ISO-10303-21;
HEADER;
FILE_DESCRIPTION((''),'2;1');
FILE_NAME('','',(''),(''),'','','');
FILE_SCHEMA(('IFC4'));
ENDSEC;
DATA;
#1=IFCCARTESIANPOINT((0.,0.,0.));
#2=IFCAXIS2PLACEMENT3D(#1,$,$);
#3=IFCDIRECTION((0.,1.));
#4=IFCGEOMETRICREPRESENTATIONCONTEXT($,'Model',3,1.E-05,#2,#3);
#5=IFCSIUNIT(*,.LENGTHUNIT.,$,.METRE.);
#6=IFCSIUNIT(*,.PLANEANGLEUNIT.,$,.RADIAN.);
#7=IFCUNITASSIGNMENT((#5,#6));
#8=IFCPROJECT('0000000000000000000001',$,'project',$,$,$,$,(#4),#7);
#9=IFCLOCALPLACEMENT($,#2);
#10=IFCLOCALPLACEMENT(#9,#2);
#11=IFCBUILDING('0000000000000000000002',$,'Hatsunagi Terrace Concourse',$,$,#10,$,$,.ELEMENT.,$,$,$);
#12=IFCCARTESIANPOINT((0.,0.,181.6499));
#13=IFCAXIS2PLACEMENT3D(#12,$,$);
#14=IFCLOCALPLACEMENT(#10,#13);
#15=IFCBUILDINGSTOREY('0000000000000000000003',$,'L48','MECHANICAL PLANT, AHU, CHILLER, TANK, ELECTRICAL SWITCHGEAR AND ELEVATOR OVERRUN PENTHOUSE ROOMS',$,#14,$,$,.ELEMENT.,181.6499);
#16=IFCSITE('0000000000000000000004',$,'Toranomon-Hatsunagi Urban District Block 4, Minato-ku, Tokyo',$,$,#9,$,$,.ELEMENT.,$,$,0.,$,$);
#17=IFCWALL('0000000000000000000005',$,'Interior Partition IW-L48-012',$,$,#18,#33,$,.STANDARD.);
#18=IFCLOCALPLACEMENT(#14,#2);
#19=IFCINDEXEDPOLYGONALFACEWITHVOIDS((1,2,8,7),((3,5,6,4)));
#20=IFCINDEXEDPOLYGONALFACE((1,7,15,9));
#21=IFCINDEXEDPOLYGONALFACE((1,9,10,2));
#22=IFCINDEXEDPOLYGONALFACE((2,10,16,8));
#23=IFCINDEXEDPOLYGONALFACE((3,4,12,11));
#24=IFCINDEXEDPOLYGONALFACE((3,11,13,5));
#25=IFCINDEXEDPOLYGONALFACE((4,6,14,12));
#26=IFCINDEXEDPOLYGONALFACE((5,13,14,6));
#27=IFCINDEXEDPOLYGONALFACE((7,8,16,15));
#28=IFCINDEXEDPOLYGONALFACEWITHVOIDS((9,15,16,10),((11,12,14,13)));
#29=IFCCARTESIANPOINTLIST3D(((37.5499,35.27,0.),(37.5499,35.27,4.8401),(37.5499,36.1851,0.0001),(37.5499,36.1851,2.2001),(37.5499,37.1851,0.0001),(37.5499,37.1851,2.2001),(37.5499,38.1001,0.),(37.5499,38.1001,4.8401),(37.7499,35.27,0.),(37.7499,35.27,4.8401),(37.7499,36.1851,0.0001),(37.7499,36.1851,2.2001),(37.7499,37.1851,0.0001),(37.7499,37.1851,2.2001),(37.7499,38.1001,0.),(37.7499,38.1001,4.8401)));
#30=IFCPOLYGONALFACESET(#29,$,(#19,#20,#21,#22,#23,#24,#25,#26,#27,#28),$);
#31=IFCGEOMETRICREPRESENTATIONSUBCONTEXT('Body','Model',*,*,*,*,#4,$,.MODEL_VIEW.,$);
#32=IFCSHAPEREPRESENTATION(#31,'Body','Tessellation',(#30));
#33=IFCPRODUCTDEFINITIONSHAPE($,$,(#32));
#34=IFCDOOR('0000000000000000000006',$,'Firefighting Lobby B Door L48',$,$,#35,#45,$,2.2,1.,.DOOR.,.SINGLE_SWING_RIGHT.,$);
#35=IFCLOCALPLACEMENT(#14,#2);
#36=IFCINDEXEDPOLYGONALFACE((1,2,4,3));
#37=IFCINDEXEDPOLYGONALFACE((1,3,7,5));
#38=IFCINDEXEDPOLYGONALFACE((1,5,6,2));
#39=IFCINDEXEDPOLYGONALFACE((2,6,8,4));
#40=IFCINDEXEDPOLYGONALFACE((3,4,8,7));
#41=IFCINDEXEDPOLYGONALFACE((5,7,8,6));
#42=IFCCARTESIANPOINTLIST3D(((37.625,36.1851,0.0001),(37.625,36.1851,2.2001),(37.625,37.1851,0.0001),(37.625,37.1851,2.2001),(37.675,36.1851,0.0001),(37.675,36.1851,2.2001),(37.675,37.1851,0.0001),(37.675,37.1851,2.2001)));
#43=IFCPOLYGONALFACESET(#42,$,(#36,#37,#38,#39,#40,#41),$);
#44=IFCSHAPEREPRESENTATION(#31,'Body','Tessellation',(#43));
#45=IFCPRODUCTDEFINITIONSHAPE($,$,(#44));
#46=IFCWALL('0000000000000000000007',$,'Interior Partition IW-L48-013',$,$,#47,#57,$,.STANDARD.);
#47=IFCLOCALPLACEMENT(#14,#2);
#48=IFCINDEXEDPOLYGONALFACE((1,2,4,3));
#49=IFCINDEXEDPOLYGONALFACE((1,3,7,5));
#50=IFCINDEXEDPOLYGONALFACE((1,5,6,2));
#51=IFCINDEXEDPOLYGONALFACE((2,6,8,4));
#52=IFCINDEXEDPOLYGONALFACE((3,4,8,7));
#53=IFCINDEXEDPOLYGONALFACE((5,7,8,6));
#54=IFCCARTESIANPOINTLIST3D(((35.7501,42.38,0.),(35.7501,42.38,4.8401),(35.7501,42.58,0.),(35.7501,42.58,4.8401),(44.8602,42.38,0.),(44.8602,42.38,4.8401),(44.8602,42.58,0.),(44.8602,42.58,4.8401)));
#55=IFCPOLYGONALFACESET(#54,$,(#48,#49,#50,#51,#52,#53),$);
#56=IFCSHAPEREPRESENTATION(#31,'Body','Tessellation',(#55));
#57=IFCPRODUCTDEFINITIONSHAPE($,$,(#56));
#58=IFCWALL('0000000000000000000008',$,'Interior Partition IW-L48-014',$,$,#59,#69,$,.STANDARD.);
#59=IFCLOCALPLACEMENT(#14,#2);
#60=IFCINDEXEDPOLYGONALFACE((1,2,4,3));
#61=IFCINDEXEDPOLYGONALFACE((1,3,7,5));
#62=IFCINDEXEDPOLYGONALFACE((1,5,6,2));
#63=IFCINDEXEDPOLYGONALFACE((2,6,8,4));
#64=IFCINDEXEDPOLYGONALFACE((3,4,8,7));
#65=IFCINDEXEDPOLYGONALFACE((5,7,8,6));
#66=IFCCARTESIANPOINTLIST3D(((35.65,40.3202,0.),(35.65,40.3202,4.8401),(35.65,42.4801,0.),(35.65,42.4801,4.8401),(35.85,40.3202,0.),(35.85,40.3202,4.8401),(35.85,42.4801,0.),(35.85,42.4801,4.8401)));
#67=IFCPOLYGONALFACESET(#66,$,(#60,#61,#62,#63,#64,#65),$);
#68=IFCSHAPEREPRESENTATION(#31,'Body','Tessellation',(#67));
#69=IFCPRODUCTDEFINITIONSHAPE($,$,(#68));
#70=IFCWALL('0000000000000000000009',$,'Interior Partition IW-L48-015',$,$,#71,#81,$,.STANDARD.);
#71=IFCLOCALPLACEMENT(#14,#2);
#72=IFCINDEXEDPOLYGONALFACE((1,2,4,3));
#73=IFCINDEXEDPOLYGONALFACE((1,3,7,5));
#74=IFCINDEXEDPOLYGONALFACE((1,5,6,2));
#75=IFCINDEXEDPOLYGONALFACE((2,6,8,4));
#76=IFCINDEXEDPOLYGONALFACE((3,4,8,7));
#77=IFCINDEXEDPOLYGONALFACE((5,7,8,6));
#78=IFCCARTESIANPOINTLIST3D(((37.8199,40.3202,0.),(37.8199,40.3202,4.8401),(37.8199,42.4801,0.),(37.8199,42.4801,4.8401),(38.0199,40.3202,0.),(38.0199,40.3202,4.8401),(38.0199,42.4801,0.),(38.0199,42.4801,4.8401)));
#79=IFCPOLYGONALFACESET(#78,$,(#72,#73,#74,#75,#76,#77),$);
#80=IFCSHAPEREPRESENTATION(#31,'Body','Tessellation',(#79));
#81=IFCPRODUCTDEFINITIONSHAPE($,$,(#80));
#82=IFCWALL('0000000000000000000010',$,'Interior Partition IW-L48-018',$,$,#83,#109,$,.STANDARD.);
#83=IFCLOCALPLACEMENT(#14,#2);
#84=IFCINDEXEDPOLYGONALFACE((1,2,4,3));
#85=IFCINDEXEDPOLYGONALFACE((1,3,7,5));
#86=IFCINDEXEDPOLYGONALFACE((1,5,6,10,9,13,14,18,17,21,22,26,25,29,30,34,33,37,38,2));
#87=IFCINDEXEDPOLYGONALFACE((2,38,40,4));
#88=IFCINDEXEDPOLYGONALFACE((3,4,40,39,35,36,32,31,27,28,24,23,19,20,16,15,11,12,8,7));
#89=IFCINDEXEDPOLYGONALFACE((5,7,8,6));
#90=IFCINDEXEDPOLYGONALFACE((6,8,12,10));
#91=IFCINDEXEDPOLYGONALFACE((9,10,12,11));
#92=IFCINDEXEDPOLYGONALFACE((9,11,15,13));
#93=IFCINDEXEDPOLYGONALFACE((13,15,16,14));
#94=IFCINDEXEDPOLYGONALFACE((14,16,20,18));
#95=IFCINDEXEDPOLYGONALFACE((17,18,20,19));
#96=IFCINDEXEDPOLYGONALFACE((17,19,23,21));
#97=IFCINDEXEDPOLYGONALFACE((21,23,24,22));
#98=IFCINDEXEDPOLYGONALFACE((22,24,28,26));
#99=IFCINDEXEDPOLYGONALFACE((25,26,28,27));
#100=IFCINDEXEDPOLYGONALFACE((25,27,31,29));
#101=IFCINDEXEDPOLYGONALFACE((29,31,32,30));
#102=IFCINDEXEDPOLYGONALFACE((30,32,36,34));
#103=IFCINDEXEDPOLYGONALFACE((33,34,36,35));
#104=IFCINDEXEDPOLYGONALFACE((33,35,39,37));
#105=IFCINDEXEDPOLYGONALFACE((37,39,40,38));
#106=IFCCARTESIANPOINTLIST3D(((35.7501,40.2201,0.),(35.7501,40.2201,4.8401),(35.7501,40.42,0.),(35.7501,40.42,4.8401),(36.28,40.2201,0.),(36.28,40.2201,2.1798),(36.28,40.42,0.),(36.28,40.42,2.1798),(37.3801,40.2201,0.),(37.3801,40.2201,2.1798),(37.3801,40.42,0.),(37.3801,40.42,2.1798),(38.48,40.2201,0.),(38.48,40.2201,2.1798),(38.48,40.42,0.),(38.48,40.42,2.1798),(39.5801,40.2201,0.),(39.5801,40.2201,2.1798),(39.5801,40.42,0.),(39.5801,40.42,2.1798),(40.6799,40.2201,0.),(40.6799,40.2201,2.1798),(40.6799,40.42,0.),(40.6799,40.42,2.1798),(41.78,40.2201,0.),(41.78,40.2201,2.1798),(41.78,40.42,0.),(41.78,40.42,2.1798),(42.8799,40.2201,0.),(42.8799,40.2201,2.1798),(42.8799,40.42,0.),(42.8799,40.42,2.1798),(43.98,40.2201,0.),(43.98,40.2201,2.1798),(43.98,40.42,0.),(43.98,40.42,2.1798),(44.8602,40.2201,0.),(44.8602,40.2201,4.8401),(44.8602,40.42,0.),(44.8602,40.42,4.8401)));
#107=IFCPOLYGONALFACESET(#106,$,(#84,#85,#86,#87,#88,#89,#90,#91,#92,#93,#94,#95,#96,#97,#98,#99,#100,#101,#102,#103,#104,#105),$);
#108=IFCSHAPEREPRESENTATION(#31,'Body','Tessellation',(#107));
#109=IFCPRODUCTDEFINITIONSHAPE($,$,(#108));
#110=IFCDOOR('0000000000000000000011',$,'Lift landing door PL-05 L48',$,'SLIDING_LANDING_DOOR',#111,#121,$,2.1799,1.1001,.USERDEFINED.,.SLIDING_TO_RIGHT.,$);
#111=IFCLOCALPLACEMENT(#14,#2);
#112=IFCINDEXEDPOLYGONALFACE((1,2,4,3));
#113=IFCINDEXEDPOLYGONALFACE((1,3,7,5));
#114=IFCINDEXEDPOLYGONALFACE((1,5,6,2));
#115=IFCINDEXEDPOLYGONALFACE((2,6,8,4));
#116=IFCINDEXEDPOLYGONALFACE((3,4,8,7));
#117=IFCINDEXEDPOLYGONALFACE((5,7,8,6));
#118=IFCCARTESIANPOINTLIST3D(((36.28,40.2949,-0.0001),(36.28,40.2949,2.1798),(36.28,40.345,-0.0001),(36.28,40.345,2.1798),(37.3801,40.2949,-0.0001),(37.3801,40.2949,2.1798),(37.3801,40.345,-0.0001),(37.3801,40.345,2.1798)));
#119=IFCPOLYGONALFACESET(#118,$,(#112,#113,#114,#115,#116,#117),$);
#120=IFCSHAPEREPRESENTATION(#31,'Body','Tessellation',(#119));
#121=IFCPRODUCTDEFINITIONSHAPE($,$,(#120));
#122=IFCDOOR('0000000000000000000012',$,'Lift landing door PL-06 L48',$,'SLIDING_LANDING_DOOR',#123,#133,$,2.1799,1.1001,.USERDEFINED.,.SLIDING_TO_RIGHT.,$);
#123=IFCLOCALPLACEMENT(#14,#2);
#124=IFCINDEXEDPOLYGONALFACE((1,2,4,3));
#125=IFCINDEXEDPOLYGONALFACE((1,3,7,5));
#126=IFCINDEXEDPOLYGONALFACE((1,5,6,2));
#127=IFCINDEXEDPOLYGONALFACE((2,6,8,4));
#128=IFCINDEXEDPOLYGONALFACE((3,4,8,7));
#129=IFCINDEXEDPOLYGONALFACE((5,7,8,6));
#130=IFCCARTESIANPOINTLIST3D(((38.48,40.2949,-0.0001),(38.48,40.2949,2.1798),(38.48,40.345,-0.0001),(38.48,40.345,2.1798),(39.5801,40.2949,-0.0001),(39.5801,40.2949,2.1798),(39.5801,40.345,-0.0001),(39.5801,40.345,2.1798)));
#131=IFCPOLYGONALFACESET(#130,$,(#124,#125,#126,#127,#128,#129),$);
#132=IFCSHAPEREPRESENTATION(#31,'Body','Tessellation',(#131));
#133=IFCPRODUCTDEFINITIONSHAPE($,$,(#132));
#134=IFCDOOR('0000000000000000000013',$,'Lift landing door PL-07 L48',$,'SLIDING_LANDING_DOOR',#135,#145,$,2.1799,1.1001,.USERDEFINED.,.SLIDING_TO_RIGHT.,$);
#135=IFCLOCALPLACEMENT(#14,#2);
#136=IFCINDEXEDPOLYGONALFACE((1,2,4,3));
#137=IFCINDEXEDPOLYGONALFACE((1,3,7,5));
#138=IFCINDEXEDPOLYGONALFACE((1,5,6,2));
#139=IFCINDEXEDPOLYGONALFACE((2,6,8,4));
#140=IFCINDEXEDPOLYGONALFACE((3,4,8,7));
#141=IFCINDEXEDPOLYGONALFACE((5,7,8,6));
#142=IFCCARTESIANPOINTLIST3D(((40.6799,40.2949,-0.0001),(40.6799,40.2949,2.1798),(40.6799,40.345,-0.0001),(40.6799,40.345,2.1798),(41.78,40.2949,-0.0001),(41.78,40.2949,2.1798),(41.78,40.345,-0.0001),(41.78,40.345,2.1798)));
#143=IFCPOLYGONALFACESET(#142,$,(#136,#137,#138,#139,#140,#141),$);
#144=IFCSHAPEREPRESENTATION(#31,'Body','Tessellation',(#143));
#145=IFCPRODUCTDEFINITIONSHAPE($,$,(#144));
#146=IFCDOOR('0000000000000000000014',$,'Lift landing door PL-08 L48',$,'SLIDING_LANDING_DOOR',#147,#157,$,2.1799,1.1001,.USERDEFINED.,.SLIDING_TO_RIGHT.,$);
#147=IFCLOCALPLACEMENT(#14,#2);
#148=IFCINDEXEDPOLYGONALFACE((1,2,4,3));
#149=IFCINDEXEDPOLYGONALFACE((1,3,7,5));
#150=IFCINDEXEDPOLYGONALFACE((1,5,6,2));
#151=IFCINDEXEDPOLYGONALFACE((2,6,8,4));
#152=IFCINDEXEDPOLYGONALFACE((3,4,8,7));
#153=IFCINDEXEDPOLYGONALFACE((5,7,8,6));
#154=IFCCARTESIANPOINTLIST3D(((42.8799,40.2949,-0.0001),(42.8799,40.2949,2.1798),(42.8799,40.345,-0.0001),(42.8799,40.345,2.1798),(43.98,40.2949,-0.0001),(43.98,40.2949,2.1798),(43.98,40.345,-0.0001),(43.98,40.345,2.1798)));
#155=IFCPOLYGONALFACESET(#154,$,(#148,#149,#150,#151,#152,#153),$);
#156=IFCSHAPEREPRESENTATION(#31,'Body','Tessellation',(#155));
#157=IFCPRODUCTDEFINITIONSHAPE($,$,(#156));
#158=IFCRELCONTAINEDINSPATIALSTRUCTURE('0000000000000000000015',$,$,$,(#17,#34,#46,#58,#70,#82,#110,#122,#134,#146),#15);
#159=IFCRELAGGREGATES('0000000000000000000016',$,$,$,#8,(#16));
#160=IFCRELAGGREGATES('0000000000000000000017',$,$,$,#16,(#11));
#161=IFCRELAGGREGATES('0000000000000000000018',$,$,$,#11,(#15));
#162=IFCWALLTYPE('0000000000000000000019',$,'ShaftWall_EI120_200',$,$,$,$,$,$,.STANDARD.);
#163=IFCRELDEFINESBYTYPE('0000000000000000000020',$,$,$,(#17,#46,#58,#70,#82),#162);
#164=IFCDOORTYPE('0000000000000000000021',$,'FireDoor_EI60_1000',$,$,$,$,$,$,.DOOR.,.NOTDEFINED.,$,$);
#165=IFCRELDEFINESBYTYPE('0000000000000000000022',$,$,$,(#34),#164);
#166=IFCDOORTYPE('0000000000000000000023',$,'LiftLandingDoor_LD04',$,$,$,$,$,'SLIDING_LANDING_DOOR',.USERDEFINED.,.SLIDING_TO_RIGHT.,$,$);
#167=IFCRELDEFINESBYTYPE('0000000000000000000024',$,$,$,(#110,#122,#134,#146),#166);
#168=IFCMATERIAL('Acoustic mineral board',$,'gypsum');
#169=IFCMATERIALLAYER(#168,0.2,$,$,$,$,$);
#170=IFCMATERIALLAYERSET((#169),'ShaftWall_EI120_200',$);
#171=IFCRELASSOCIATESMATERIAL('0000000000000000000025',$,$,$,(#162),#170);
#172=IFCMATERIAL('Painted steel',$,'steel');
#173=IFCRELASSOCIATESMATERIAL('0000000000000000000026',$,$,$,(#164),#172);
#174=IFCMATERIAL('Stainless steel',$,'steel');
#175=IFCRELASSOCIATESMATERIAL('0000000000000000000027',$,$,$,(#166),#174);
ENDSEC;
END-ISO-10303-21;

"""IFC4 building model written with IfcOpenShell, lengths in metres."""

from ifc_helpers import new_model, si_unit, direction, frame, frame_2d, origin, place, context, subcontext, project, spatial, rectangle, extrude, material, layer, layer_set, type_object, element, fill, save


model = new_model("IFC4")

# Units and contexts
model_context = context("Model", 3, precision=1e-05, world=origin(), true_north=direction((0.0, 1.0)))
body_context = subcontext(model_context, "Body", "Model", "MODEL_VIEW")
ifc_project = project(units=[si_unit("LENGTHUNIT", "METRE"), si_unit("PLANEANGLEUNIT", "RADIAN")], contexts=[model_context])

# Site, building, storey
site_placement = place(None, origin())
site = spatial("IfcSite", under=ifc_project, at=site_placement, Name="Toranomon-Hatsunagi Urban District Block 4, Minato-ku, Tokyo", CompositionType="ELEMENT", RefElevation=0.0)
building_placement = place(site_placement, origin())
building = spatial("IfcBuilding", under=site, at=building_placement, Name="Hatsunagi Terrace Concourse", CompositionType="ELEMENT")
storey_placement = place(building_placement, frame((0.0, 0.0, 181.6499)))
storey = spatial("IfcBuildingStorey", under=building, at=storey_placement, Name="L48", Description="MECHANICAL PLANT, AHU, CHILLER, TANK, ELECTRICAL SWITCHGEAR AND ELEVATOR OVERRUN PENTHOUSE ROOMS", CompositionType="ELEMENT", Elevation=181.6499)

# Shared definitions
ifc_material_1 = material(Name="Acoustic mineral board", Category="gypsum")
ifc_layer_1 = layer(ifc_material_1, 0.2)
ifc_layer_set_1 = layer_set([ifc_layer_1], Name="ShaftWall_EI120_200")
wall_type_1 = type_object("IfcWallType", Name="ShaftWall_EI120_200", PredefinedType="STANDARD", material=ifc_layer_set_1)

# Wall, opening, door
wall_1_placement = place(storey_placement, frame((37.6499, 35.27, 0.0), z_axis=(0.0, 0.0, 1.0), x_axis=(0.0, 1.0, 0.0)))
wall_1 = element("IfcWall", 1, at=wall_1_placement, inside=storey, type_object=wall_type_1, Name="Interior Partition IW-L48-012", PredefinedType="STANDARD", context=body_context, shape_type="SweptSolid", body=[
    extrude(rectangle(XDim=2.8301, YDim=0.2, at=frame_2d((1.415, 0.0))), origin(), (0.0, 0.0, 1.0), 4.8401),
])
opening_1_placement = place(wall_1_placement, frame((0.915, 0.0, 0.0)))
opening_1 = element("IfcOpeningElement", 2, at=opening_1_placement, cuts=wall_1, PredefinedType="OPENING", context=body_context, shape_type="SweptSolid", body=[
    extrude(rectangle(XDim=1.0, YDim=2.2, at=frame_2d((0.5, 1.1001))), frame((0.0, 0.1099, 0.0), z_axis=(0.0, -1.0, 0.0), x_axis=(1.0, 0.0, 0.0)), (0.0, 0.0, 1.0), 0.22),
])
ifc_material_2 = material(Name="Painted steel", Category="steel")
door_type_1 = type_object("IfcDoorType", Name="FireDoor_EI60_1000", OperationType="NOTDEFINED", PredefinedType="DOOR", material=ifc_material_2)
door_1_placement = place(opening_1_placement, origin())
door_1 = element("IfcDoor", 3, at=door_1_placement, inside=storey, type_object=door_type_1, Name="Firefighting Lobby B Door L48", OperationType="SINGLE_SWING_RIGHT", OverallHeight=2.2, OverallWidth=1.0, PredefinedType="DOOR", context=body_context, shape_type="SweptSolid", body=[
    extrude(rectangle(XDim=1.0, YDim=2.2, at=frame_2d((0.5, 1.1001))), frame((0.0, 0.0249, 0.0), z_axis=(0.0, -1.0, 0.0), x_axis=(1.0, 0.0, 0.0)), (0.0, 0.0, 1.0), 0.05),
])
fill(opening_1, door_1)

# Walls
wall_2_placement = place(storey_placement, frame((35.75, 42.48, 0.0), z_axis=(0.0, 0.0, 1.0), x_axis=(1.0, 0.0, 0.0)))
element("IfcWall", 4, at=wall_2_placement, inside=storey, type_object=wall_type_1, Name="Interior Partition IW-L48-013", PredefinedType="STANDARD", context=body_context, shape_type="SweptSolid", body=[
    extrude(rectangle(XDim=9.1101, YDim=0.2, at=frame_2d((4.5552, 0.0))), origin(), (0.0, 0.0, 1.0), 4.8401),
])
for number, where, z_axis, x_axis, name in (
    (5, (35.75, 40.3201, 0.0), (0.0, 0.0, 1.0), (0.0, 1.0, 0.0), "Interior Partition IW-L48-014"),
    (6, (37.9199, 40.3201, 0.0), (0.0, 0.0, 1.0), (0.0, 1.0, 0.0), "Interior Partition IW-L48-015"),
):
    element("IfcWall", number, at=place(storey_placement, frame(where, z_axis=z_axis, x_axis=x_axis)), inside=storey, type_object=wall_type_1, Name=name, PredefinedType="STANDARD", context=body_context, shape_type="SweptSolid", body=[
        extrude(rectangle(XDim=2.1599, YDim=0.2, at=frame_2d((1.0801, 0.0))), origin(), (0.0, 0.0, 1.0), 4.8401),
    ])

# Wall, openings, doors
wall_3_placement = place(storey_placement, frame((35.75, 40.3201, 0.0), z_axis=(0.0, 0.0, 1.0), x_axis=(1.0, 0.0, 0.0)))
wall_3 = element("IfcWall", 7, at=wall_3_placement, inside=storey, type_object=wall_type_1, Name="Interior Partition IW-L48-018", PredefinedType="STANDARD", context=body_context, shape_type="SweptSolid", body=[
    extrude(rectangle(XDim=9.1101, YDim=0.2, at=frame_2d((4.5552, 0.0))), origin(), (0.0, 0.0, 1.0), 4.8401),
])
opening_2_placement = place(wall_3_placement, frame((0.53, 0.0, 0.0)))
opening_2 = element("IfcOpeningElement", 8, at=opening_2_placement, cuts=wall_3, PredefinedType="OPENING", context=body_context, shape_type="SweptSolid", body=[
    extrude(rectangle(XDim=1.1001, YDim=2.1799, at=frame_2d((0.55, 1.0898))), frame((0.0, 0.1099, 0.0), z_axis=(0.0, -1.0, 0.0), x_axis=(1.0, 0.0, 0.0)), (0.0, 0.0, 1.0), 0.22),
])
opening_3_placement = place(wall_3_placement, frame((2.73, 0.0, 0.0)))
opening_3 = element("IfcOpeningElement", 9, at=opening_3_placement, cuts=wall_3, PredefinedType="OPENING", context=body_context, shape_type="SweptSolid", body=[
    extrude(rectangle(XDim=1.1001, YDim=2.1799, at=frame_2d((0.55, 1.0898))), frame((0.0, 0.1099, 0.0), z_axis=(0.0, -1.0, 0.0), x_axis=(1.0, 0.0, 0.0)), (0.0, 0.0, 1.0), 0.22),
])
opening_4_placement = place(wall_3_placement, frame((4.9299, 0.0, 0.0)))
opening_4 = element("IfcOpeningElement", 10, at=opening_4_placement, cuts=wall_3, PredefinedType="OPENING", context=body_context, shape_type="SweptSolid", body=[
    extrude(rectangle(XDim=1.1001, YDim=2.1799, at=frame_2d((0.55, 1.0898))), frame((0.0, 0.1099, 0.0), z_axis=(0.0, -1.0, 0.0), x_axis=(1.0, 0.0, 0.0)), (0.0, 0.0, 1.0), 0.22),
])
opening_5_placement = place(wall_3_placement, frame((7.1299, 0.0, 0.0)))
opening_5 = element("IfcOpeningElement", 11, at=opening_5_placement, cuts=wall_3, PredefinedType="OPENING", context=body_context, shape_type="SweptSolid", body=[
    extrude(rectangle(XDim=1.1001, YDim=2.1799, at=frame_2d((0.55, 1.0898))), frame((0.0, 0.1099, 0.0), z_axis=(0.0, -1.0, 0.0), x_axis=(1.0, 0.0, 0.0)), (0.0, 0.0, 1.0), 0.22),
])
ifc_material_3 = material(Name="Stainless steel", Category="steel")
door_type_2 = type_object("IfcDoorType", Name="LiftLandingDoor_LD04", ElementType="SLIDING_LANDING_DOOR", OperationType="SLIDING_TO_RIGHT", PredefinedType="USERDEFINED", material=ifc_material_3)
door_2_placement = place(opening_2_placement, origin())
door_2 = element("IfcDoor", 12, at=door_2_placement, inside=storey, type_object=door_type_2, Name="Lift landing door PL-05 L48", ObjectType="SLIDING_LANDING_DOOR", OperationType="SLIDING_TO_RIGHT", OverallHeight=2.1799, OverallWidth=1.1001, PredefinedType="USERDEFINED", context=body_context, shape_type="SweptSolid", body=[
    extrude(rectangle(XDim=1.1001, YDim=2.1799, at=frame_2d((0.55, 1.0898))), frame((0.0, 0.0249, 0.0), z_axis=(0.0, -1.0, 0.0), x_axis=(1.0, 0.0, 0.0)), (0.0, 0.0, 1.0), 0.05),
])
fill(opening_2, door_2)
door_3_placement = place(opening_3_placement, origin())
door_3 = element("IfcDoor", 13, at=door_3_placement, inside=storey, type_object=door_type_2, Name="Lift landing door PL-06 L48", ObjectType="SLIDING_LANDING_DOOR", OperationType="SLIDING_TO_RIGHT", OverallHeight=2.1799, OverallWidth=1.1001, PredefinedType="USERDEFINED", context=body_context, shape_type="SweptSolid", body=[
    extrude(rectangle(XDim=1.1001, YDim=2.1799, at=frame_2d((0.55, 1.0898))), frame((0.0, 0.0249, 0.0), z_axis=(0.0, -1.0, 0.0), x_axis=(1.0, 0.0, 0.0)), (0.0, 0.0, 1.0), 0.05),
])
fill(opening_3, door_3)
door_4_placement = place(opening_4_placement, origin())
door_4 = element("IfcDoor", 14, at=door_4_placement, inside=storey, type_object=door_type_2, Name="Lift landing door PL-07 L48", ObjectType="SLIDING_LANDING_DOOR", OperationType="SLIDING_TO_RIGHT", OverallHeight=2.1799, OverallWidth=1.1001, PredefinedType="USERDEFINED", context=body_context, shape_type="SweptSolid", body=[
    extrude(rectangle(XDim=1.1001, YDim=2.1799, at=frame_2d((0.55, 1.0898))), frame((0.0, 0.0249, 0.0), z_axis=(0.0, -1.0, 0.0), x_axis=(1.0, 0.0, 0.0)), (0.0, 0.0, 1.0), 0.05),
])
fill(opening_4, door_4)
door_5_placement = place(opening_5_placement, origin())
door_5 = element("IfcDoor", 15, at=door_5_placement, inside=storey, type_object=door_type_2, Name="Lift landing door PL-08 L48", ObjectType="SLIDING_LANDING_DOOR", OperationType="SLIDING_TO_RIGHT", OverallHeight=2.1799, OverallWidth=1.1001, PredefinedType="USERDEFINED", context=body_context, shape_type="SweptSolid", body=[
    extrude(rectangle(XDim=1.1001, YDim=2.1799, at=frame_2d((0.55, 1.0898))), frame((0.0, 0.0249, 0.0), z_axis=(0.0, -1.0, 0.0), x_axis=(1.0, 0.0, 0.0)), (0.0, 0.0, 1.0), 0.05),
])
fill(opening_5, door_5)

save(model, "model.ifc")
